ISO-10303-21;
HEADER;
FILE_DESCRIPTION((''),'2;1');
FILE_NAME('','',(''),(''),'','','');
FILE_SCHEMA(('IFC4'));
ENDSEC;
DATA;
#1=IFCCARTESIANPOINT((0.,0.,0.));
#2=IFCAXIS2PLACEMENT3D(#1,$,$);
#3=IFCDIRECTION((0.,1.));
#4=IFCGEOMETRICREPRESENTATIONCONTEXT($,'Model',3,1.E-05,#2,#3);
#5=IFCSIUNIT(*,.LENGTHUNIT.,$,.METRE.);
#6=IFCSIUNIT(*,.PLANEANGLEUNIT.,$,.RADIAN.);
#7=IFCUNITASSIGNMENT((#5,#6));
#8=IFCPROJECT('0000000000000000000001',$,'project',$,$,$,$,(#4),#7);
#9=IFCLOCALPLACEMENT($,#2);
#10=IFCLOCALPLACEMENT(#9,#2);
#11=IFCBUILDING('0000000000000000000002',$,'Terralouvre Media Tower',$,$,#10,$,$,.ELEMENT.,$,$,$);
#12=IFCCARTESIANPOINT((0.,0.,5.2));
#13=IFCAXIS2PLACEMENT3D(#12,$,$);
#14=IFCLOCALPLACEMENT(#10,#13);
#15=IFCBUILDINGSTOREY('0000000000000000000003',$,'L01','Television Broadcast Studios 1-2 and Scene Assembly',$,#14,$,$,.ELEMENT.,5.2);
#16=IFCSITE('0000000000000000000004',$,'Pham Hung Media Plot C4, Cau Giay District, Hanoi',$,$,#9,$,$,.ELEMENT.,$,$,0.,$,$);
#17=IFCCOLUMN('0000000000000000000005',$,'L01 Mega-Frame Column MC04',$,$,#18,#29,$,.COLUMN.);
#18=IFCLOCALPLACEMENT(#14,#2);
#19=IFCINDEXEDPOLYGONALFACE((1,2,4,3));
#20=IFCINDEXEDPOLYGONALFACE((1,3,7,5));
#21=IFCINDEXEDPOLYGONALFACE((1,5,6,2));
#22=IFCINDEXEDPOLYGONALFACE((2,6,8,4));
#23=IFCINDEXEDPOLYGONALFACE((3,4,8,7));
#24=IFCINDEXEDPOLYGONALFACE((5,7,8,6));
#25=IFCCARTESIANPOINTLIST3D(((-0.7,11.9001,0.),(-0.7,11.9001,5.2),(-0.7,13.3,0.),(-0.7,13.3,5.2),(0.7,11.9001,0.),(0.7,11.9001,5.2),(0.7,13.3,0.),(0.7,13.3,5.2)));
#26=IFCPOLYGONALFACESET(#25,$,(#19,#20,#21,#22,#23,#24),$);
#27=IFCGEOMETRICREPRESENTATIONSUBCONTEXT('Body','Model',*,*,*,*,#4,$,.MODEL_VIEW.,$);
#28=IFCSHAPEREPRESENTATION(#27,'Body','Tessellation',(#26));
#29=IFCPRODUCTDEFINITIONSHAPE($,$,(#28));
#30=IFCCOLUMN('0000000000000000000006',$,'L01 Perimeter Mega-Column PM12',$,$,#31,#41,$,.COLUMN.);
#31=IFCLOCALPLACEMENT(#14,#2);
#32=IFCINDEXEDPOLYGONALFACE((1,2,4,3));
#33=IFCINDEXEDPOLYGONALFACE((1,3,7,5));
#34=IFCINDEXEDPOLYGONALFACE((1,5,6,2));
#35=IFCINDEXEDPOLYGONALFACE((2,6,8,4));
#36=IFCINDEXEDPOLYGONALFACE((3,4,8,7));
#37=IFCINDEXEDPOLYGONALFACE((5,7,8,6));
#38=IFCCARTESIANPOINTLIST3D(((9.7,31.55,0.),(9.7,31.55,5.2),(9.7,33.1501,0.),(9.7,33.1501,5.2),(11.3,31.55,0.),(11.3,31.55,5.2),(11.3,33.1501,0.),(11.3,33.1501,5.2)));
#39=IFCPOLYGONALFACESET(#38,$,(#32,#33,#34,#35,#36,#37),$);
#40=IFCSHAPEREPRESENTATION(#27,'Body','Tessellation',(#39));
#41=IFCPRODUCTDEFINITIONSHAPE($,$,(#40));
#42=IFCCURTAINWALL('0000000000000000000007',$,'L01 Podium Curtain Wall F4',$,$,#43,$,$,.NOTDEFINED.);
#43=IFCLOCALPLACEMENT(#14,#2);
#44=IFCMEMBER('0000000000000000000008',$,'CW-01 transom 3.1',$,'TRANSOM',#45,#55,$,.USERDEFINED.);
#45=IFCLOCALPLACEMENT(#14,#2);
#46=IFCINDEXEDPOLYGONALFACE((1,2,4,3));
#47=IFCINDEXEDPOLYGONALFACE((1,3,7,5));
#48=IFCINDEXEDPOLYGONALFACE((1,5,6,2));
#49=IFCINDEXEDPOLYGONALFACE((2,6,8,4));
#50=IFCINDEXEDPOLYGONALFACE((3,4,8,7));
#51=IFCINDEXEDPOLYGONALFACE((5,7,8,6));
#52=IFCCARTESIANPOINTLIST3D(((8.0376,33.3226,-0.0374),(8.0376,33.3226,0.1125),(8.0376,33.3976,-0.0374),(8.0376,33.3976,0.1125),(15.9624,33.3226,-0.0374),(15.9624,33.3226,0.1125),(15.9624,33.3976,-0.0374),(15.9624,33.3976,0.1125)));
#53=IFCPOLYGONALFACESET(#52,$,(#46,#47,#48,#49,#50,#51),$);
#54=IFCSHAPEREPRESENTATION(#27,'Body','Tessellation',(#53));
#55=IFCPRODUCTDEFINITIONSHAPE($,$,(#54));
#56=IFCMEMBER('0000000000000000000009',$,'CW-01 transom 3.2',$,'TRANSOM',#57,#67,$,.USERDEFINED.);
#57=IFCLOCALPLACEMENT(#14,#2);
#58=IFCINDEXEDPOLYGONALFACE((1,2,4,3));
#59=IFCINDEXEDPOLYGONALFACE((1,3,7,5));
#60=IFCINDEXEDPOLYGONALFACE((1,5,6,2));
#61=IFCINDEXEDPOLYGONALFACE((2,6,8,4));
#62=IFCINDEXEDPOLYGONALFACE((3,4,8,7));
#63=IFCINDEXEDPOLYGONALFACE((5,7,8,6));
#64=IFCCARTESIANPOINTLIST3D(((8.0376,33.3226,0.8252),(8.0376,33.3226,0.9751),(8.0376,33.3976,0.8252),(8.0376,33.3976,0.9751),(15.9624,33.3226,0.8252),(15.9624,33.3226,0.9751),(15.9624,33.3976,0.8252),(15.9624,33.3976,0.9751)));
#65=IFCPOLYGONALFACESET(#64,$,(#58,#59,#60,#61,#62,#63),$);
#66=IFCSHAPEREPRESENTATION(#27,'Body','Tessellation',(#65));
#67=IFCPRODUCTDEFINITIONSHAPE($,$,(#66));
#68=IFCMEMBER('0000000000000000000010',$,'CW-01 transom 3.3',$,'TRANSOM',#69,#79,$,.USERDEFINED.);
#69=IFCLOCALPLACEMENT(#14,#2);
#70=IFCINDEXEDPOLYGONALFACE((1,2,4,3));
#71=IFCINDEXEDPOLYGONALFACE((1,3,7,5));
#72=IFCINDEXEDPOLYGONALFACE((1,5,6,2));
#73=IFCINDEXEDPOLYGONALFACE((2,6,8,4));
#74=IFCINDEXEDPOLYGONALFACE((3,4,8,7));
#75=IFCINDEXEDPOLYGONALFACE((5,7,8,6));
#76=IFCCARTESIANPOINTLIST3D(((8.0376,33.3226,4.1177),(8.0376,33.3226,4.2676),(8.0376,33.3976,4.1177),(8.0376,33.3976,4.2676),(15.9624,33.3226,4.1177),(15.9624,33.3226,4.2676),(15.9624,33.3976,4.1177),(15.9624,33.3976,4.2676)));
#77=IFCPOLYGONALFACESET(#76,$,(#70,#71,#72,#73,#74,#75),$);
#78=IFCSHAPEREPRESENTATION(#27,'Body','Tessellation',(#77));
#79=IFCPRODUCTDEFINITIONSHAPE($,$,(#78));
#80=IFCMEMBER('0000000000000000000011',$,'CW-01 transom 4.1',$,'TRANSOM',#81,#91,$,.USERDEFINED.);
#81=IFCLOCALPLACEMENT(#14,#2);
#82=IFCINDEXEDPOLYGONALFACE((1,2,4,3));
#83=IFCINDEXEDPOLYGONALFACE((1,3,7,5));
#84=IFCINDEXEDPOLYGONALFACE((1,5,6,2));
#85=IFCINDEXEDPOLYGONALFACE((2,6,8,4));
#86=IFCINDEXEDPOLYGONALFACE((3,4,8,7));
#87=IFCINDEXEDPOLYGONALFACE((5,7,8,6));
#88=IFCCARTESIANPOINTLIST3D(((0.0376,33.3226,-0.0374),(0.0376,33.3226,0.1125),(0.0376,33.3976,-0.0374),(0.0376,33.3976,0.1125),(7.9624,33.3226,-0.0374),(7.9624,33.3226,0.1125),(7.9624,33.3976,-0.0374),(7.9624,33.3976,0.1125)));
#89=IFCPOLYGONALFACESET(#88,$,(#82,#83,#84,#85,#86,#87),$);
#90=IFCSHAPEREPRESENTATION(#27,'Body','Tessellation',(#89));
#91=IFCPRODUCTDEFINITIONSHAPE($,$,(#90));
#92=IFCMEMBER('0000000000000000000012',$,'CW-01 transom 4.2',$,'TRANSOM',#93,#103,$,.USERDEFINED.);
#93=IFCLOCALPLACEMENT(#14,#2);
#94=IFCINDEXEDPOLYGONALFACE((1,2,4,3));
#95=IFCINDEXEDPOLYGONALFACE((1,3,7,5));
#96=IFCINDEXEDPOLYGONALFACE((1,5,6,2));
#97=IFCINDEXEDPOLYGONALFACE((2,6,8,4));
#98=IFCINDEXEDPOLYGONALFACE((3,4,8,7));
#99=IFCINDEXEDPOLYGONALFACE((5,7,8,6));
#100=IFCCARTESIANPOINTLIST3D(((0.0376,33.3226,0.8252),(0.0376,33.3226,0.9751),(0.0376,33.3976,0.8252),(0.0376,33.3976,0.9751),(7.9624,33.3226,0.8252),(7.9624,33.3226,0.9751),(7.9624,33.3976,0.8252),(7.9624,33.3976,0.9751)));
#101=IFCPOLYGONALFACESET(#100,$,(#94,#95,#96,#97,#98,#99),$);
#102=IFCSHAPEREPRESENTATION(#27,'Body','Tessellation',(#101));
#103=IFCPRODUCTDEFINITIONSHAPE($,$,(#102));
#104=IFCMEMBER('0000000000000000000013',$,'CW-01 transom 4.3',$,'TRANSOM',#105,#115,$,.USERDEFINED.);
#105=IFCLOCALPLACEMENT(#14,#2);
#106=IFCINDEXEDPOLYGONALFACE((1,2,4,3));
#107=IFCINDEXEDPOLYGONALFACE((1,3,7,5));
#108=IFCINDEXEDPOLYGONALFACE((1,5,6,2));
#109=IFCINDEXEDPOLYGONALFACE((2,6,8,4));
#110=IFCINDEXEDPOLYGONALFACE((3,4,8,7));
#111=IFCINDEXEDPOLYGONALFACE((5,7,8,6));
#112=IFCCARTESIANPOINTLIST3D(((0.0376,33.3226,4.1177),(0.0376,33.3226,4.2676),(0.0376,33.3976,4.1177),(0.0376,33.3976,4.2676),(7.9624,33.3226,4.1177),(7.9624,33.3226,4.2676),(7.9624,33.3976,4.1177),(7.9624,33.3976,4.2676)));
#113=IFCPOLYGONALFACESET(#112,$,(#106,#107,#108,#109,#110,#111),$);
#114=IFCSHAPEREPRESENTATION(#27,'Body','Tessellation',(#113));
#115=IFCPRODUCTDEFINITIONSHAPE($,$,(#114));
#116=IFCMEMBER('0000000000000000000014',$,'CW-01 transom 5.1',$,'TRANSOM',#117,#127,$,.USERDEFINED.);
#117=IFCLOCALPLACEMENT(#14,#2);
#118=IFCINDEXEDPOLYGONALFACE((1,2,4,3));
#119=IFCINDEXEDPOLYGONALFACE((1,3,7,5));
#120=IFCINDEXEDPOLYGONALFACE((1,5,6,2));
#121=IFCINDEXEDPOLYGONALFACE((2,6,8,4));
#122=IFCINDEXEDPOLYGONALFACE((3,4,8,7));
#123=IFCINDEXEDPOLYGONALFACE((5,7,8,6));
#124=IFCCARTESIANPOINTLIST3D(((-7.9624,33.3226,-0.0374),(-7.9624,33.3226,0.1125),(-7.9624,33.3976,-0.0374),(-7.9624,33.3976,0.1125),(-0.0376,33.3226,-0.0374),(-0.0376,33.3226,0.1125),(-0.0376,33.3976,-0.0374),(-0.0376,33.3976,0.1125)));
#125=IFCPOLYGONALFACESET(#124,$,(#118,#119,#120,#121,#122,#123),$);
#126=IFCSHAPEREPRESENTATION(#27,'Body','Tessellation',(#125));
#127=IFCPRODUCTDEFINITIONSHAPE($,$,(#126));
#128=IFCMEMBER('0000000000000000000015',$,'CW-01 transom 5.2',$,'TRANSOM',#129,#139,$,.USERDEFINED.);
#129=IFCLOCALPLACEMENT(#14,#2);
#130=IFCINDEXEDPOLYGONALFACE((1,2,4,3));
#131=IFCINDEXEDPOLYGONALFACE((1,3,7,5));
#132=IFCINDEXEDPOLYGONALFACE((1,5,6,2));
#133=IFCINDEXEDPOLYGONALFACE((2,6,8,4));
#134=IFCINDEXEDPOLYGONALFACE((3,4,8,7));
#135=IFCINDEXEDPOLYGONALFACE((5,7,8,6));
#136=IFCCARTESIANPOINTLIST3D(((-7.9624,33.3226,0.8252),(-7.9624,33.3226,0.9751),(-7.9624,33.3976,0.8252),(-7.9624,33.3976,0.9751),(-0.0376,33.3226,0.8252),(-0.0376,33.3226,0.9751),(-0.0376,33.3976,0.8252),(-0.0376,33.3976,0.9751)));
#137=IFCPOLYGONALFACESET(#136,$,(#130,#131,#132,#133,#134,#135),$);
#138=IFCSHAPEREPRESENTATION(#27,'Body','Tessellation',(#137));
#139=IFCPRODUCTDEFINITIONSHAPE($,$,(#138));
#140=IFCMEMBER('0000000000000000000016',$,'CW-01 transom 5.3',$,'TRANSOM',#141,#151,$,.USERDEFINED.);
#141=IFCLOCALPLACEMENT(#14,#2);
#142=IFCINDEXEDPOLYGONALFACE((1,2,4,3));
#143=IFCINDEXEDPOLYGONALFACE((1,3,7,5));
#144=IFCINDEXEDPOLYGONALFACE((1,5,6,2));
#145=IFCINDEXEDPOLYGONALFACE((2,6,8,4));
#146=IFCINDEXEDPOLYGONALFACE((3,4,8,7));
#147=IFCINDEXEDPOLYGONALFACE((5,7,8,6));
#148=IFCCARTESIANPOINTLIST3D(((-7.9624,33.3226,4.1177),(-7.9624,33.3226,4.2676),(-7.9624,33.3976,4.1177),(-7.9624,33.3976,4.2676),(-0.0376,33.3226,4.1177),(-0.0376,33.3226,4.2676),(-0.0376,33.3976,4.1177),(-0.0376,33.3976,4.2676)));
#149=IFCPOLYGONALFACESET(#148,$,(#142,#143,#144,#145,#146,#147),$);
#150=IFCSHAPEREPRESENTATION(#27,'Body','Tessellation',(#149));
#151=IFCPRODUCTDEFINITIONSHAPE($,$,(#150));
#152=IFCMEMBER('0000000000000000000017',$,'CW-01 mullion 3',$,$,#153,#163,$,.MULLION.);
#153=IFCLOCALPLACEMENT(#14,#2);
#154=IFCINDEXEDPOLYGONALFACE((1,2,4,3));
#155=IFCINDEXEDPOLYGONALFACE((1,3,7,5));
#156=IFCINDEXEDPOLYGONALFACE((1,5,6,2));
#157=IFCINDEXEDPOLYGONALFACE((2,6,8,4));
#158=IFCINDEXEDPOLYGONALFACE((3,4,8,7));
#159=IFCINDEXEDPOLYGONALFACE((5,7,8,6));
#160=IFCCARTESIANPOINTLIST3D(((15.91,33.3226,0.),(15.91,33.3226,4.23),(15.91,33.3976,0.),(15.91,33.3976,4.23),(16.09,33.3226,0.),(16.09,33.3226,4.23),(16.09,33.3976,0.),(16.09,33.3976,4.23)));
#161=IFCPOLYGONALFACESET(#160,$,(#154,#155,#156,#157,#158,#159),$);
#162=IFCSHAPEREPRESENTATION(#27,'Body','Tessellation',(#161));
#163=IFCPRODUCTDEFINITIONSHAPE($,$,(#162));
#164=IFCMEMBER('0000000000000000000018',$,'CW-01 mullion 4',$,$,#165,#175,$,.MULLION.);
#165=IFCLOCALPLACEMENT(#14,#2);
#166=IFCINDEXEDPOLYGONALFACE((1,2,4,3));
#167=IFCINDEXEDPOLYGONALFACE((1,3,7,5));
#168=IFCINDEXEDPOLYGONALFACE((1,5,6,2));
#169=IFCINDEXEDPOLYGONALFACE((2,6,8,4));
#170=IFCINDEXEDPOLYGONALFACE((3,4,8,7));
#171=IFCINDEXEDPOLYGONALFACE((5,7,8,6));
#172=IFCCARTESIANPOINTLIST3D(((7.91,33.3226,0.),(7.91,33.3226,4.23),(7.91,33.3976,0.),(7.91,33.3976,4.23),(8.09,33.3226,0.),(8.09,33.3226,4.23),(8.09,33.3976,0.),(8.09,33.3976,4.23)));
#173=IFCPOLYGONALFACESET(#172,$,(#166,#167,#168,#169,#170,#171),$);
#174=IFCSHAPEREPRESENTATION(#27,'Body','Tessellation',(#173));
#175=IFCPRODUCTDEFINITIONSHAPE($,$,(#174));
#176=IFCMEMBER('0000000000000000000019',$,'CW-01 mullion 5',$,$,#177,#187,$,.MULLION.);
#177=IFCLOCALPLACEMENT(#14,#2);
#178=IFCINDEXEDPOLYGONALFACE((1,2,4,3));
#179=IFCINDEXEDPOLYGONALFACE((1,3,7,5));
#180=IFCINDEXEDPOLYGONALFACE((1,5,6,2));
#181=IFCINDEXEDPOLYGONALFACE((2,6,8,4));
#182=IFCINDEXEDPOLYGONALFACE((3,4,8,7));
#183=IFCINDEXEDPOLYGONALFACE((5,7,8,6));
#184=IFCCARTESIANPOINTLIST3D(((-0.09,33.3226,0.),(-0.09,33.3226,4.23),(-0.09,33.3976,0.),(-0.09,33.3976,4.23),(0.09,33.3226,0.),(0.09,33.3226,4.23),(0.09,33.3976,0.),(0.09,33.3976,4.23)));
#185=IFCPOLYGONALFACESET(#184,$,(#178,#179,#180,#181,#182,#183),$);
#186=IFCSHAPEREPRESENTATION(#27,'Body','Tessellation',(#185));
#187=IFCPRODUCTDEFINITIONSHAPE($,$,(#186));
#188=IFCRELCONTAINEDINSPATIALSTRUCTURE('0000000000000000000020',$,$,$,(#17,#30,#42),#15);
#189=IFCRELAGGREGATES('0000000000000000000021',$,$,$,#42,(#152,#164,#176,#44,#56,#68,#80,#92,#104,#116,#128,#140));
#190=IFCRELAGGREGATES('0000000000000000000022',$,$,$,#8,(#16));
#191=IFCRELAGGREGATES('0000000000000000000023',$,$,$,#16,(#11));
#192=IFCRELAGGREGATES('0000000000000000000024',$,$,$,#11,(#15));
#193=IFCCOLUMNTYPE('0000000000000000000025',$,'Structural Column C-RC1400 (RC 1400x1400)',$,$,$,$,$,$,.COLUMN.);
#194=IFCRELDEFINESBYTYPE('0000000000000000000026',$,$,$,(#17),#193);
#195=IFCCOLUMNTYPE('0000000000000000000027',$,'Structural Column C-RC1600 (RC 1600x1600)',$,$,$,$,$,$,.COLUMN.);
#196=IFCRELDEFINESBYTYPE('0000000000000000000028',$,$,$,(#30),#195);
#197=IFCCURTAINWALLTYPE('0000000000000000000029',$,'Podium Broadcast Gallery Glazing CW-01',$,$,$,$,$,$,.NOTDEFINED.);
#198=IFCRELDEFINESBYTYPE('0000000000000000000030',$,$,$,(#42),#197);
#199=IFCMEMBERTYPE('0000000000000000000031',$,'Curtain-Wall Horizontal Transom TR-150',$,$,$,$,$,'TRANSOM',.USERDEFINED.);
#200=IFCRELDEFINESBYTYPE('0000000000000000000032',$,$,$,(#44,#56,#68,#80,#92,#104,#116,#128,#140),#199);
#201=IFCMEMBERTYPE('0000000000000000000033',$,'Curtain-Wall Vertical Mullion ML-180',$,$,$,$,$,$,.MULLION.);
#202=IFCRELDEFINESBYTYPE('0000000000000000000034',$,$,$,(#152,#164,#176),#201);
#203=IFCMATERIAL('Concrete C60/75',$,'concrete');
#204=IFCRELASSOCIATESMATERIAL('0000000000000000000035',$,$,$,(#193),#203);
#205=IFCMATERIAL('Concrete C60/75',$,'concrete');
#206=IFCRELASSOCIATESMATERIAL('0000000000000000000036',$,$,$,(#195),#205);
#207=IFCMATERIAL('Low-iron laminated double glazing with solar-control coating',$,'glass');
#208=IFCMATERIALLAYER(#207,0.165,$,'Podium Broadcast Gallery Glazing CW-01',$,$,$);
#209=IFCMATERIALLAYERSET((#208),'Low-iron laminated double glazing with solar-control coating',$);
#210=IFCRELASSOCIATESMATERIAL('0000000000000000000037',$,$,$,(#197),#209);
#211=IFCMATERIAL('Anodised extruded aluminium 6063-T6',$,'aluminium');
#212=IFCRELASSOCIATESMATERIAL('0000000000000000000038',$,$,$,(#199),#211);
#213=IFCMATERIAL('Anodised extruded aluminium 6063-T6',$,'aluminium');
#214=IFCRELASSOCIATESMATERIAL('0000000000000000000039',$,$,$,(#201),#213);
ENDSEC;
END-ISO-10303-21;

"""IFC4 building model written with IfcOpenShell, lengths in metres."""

from ifc_helpers import new_model, si_unit, direction, frame, origin, origin_2d, place, context, subcontext, project, spatial, rectangle, extrude, material, layer, layer_set, material_profile, profile_set, type_object, element, aggregate, save


model = new_model("IFC4")

# Units and contexts
model_context = context("Model", 3, precision=1e-05, world=origin(), true_north=direction((0.0, 1.0)))
body_context = subcontext(model_context, "Body", "Model", "MODEL_VIEW")
ifc_project = project(units=[si_unit("LENGTHUNIT", "METRE"), si_unit("PLANEANGLEUNIT", "RADIAN")], contexts=[model_context])

# Site, building, storey
site_placement = place(None, origin())
site = spatial("IfcSite", under=ifc_project, at=site_placement, Name="Pham Hung Media Plot C4, Cau Giay District, Hanoi", CompositionType="ELEMENT", RefElevation=0.0)
building_placement = place(site_placement, origin())
building = spatial("IfcBuilding", under=site, at=building_placement, Name="Terralouvre Media Tower", CompositionType="ELEMENT")
storey_placement = place(building_placement, frame((0.0, 0.0, 5.2)))
storey = spatial("IfcBuildingStorey", under=building, at=storey_placement, Name="L01", Description="Television Broadcast Studios 1-2 and Scene Assembly", CompositionType="ELEMENT", Elevation=5.2)

# Columns
ifc_material_1 = material(Name="Concrete C60/75", Category="concrete")
ifc_material_profile_1 = material_profile(ifc_material_1, rectangle(XDim=1.3999, YDim=1.3999, at=origin_2d()), Name="RC 1400x1400")
ifc_profile_set_1 = profile_set([ifc_material_profile_1], Name="Concrete C60/75")
column_type_1 = type_object("IfcColumnType", Name="Structural Column C-RC1400 (RC 1400x1400)", PredefinedType="COLUMN", material=ifc_profile_set_1)
column_1_placement = place(storey_placement, frame((0.0, 12.6001, 0.0), z_axis=(0.0, 0.0, 1.0), x_axis=(1.0, 0.0, 0.0)))
element("IfcColumn", 1, at=column_1_placement, inside=storey, type_object=column_type_1, Name="L01 Mega-Frame Column MC04", PredefinedType="COLUMN", context=body_context, shape_type="SweptSolid", body=[
    extrude(rectangle(XDim=1.3999, YDim=1.3999, at=origin_2d()), origin(), (0.0, 0.0, 1.0), 5.2),
])
ifc_material_2 = material(Name="Concrete C60/75", Category="concrete")
ifc_material_profile_2 = material_profile(ifc_material_2, rectangle(XDim=1.6001, YDim=1.6001, at=origin_2d()), Name="RC 1600x1600")
ifc_profile_set_2 = profile_set([ifc_material_profile_2], Name="Concrete C60/75")
column_type_2 = type_object("IfcColumnType", Name="Structural Column C-RC1600 (RC 1600x1600)", PredefinedType="COLUMN", material=ifc_profile_set_2)
column_2_placement = place(storey_placement, frame((10.5, 32.3501, 0.0), z_axis=(0.0, 0.0, 1.0), x_axis=(1.0, 0.0, 0.0)))
element("IfcColumn", 2, at=column_2_placement, inside=storey, type_object=column_type_2, Name="L01 Perimeter Mega-Column PM12", PredefinedType="COLUMN", context=body_context, shape_type="SweptSolid", body=[
    extrude(rectangle(XDim=1.6001, YDim=1.6001, at=origin_2d()), origin(), (0.0, 0.0, 1.0), 5.2),
])

# Curtain wall, members
ifc_material_3 = material(Name="Low-iron laminated double glazing with solar-control coating", Category="glass")
ifc_layer_1 = layer(ifc_material_3, 0.165, Name="Podium Broadcast Gallery Glazing CW-01")
ifc_layer_set_1 = layer_set([ifc_layer_1], Name="Low-iron laminated double glazing with solar-control coating")
curtain_wall_type = type_object("IfcCurtainWallType", Name="Podium Broadcast Gallery Glazing CW-01", PredefinedType="NOTDEFINED", material=ifc_layer_set_1)
curtain_wall_placement = place(storey_placement, origin())
curtain_wall = element("IfcCurtainWall", 3, at=curtain_wall_placement, inside=storey, type_object=curtain_wall_type, Name="L01 Podium Curtain Wall F4", PredefinedType="NOTDEFINED")
ifc_material_4 = material(Name="Anodised extruded aluminium 6063-T6", Category="aluminium")
ifc_material_profile_3 = material_profile(ifc_material_4, rectangle(XDim=0.075, YDim=0.1499, at=origin_2d()), Name="ALU 75x150")
ifc_profile_set_3 = profile_set([ifc_material_profile_3], Name="Anodised extruded aluminium 6063-T6")
member_type_1 = type_object("IfcMemberType", Name="Curtain-Wall Horizontal Transom TR-150", ElementType="TRANSOM", PredefinedType="USERDEFINED", material=ifc_profile_set_3)
member_1_placement = place(storey_placement, frame((15.9624, 33.3601, 0.0376), z_axis=(-1.0, 0.0, 0.0), x_axis=(0.0, -1.0, 0.0)))
member_1 = element("IfcMember", 4, at=member_1_placement, type_object=member_type_1, Name="CW-01 transom 3.1", ObjectType="TRANSOM", PredefinedType="USERDEFINED", context=body_context, shape_type="SweptSolid", body=[
    extrude(rectangle(XDim=0.075, YDim=0.1499, at=origin_2d()), origin(), (0.0, 0.0, 1.0), 7.9248),
])
member_2_placement = place(storey_placement, frame((15.9624, 33.3601, 0.9001), z_axis=(-1.0, 0.0, 0.0), x_axis=(0.0, -1.0, 0.0)))
member_2 = element("IfcMember", 5, at=member_2_placement, type_object=member_type_1, Name="CW-01 transom 3.2", ObjectType="TRANSOM", PredefinedType="USERDEFINED", context=body_context, shape_type="SweptSolid", body=[
    extrude(rectangle(XDim=0.075, YDim=0.1499, at=origin_2d()), origin(), (0.0, 0.0, 1.0), 7.9248),
])
member_3_placement = place(storey_placement, frame((15.9624, 33.3601, 4.1926), z_axis=(-1.0, 0.0, 0.0), x_axis=(0.0, -1.0, 0.0)))
member_3 = element("IfcMember", 6, at=member_3_placement, type_object=member_type_1, Name="CW-01 transom 3.3", ObjectType="TRANSOM", PredefinedType="USERDEFINED", context=body_context, shape_type="SweptSolid", body=[
    extrude(rectangle(XDim=0.075, YDim=0.1499, at=origin_2d()), origin(), (0.0, 0.0, 1.0), 7.9248),
])
member_4_placement = place(storey_placement, frame((7.9624, 33.3601, 0.0376), z_axis=(-1.0, 0.0, 0.0), x_axis=(0.0, -1.0, 0.0)))
member_4 = element("IfcMember", 7, at=member_4_placement, type_object=member_type_1, Name="CW-01 transom 4.1", ObjectType="TRANSOM", PredefinedType="USERDEFINED", context=body_context, shape_type="SweptSolid", body=[
    extrude(rectangle(XDim=0.075, YDim=0.1499, at=origin_2d()), origin(), (0.0, 0.0, 1.0), 7.9248),
])
member_5_placement = place(storey_placement, frame((7.9624, 33.3601, 0.9001), z_axis=(-1.0, 0.0, 0.0), x_axis=(0.0, -1.0, 0.0)))
member_5 = element("IfcMember", 8, at=member_5_placement, type_object=member_type_1, Name="CW-01 transom 4.2", ObjectType="TRANSOM", PredefinedType="USERDEFINED", context=body_context, shape_type="SweptSolid", body=[
    extrude(rectangle(XDim=0.075, YDim=0.1499, at=origin_2d()), origin(), (0.0, 0.0, 1.0), 7.9248),
])
member_6_placement = place(storey_placement, frame((7.9624, 33.3601, 4.1926), z_axis=(-1.0, 0.0, 0.0), x_axis=(0.0, -1.0, 0.0)))
member_6 = element("IfcMember", 9, at=member_6_placement, type_object=member_type_1, Name="CW-01 transom 4.3", ObjectType="TRANSOM", PredefinedType="USERDEFINED", context=body_context, shape_type="SweptSolid", body=[
    extrude(rectangle(XDim=0.075, YDim=0.1499, at=origin_2d()), origin(), (0.0, 0.0, 1.0), 7.9248),
])
member_7_placement = place(storey_placement, frame((-0.0376, 33.3601, 0.0376), z_axis=(-1.0, 0.0, 0.0), x_axis=(0.0, -1.0, 0.0)))
member_7 = element("IfcMember", 10, at=member_7_placement, type_object=member_type_1, Name="CW-01 transom 5.1", ObjectType="TRANSOM", PredefinedType="USERDEFINED", context=body_context, shape_type="SweptSolid", body=[
    extrude(rectangle(XDim=0.075, YDim=0.1499, at=origin_2d()), origin(), (0.0, 0.0, 1.0), 7.9248),
])
member_8_placement = place(storey_placement, frame((-0.0376, 33.3601, 0.9001), z_axis=(-1.0, 0.0, 0.0), x_axis=(0.0, -1.0, 0.0)))
member_8 = element("IfcMember", 11, at=member_8_placement, type_object=member_type_1, Name="CW-01 transom 5.2", ObjectType="TRANSOM", PredefinedType="USERDEFINED", context=body_context, shape_type="SweptSolid", body=[
    extrude(rectangle(XDim=0.075, YDim=0.1499, at=origin_2d()), origin(), (0.0, 0.0, 1.0), 7.9248),
])
member_9_placement = place(storey_placement, frame((-0.0376, 33.3601, 4.1926), z_axis=(-1.0, 0.0, 0.0), x_axis=(0.0, -1.0, 0.0)))
member_9 = element("IfcMember", 12, at=member_9_placement, type_object=member_type_1, Name="CW-01 transom 5.3", ObjectType="TRANSOM", PredefinedType="USERDEFINED", context=body_context, shape_type="SweptSolid", body=[
    extrude(rectangle(XDim=0.075, YDim=0.1499, at=origin_2d()), origin(), (0.0, 0.0, 1.0), 7.9248),
])
ifc_material_5 = material(Name="Anodised extruded aluminium 6063-T6", Category="aluminium")
ifc_material_profile_4 = material_profile(ifc_material_5, rectangle(XDim=0.075, YDim=0.1799, at=origin_2d()), Name="ALU 75x180")
ifc_profile_set_4 = profile_set([ifc_material_profile_4], Name="Anodised extruded aluminium 6063-T6")
member_type_2 = type_object("IfcMemberType", Name="Curtain-Wall Vertical Mullion ML-180", PredefinedType="MULLION", material=ifc_profile_set_4)
member_10_placement = place(storey_placement, frame((16.0, 33.3601, 0.0), z_axis=(0.0, 0.0, 1.0), x_axis=(0.0, -1.0, 0.0)))
member_10 = element("IfcMember", 13, at=member_10_placement, type_object=member_type_2, Name="CW-01 mullion 3", PredefinedType="MULLION", context=body_context, shape_type="SweptSolid", body=[
    extrude(rectangle(XDim=0.075, YDim=0.1799, at=origin_2d()), origin(), (0.0, 0.0, 1.0), 4.23),
])
member_11_placement = place(storey_placement, frame((8.0, 33.3601, 0.0), z_axis=(0.0, 0.0, 1.0), x_axis=(0.0, -1.0, 0.0)))
member_11 = element("IfcMember", 14, at=member_11_placement, type_object=member_type_2, Name="CW-01 mullion 4", PredefinedType="MULLION", context=body_context, shape_type="SweptSolid", body=[
    extrude(rectangle(XDim=0.075, YDim=0.1799, at=origin_2d()), origin(), (0.0, 0.0, 1.0), 4.23),
])
member_12_placement = place(storey_placement, frame((0.0, 33.3601, 0.0), z_axis=(0.0, 0.0, 1.0), x_axis=(0.0, -1.0, 0.0)))
member_12 = element("IfcMember", 15, at=member_12_placement, type_object=member_type_2, Name="CW-01 mullion 5", PredefinedType="MULLION", context=body_context, shape_type="SweptSolid", body=[
    extrude(rectangle(XDim=0.075, YDim=0.1799, at=origin_2d()), origin(), (0.0, 0.0, 1.0), 4.23),
])

aggregate(curtain_wall, [member_10, member_11, member_12, member_1, member_2, member_3, member_4, member_5, member_6, member_7, member_8, member_9])

save(model, "model.ifc")
